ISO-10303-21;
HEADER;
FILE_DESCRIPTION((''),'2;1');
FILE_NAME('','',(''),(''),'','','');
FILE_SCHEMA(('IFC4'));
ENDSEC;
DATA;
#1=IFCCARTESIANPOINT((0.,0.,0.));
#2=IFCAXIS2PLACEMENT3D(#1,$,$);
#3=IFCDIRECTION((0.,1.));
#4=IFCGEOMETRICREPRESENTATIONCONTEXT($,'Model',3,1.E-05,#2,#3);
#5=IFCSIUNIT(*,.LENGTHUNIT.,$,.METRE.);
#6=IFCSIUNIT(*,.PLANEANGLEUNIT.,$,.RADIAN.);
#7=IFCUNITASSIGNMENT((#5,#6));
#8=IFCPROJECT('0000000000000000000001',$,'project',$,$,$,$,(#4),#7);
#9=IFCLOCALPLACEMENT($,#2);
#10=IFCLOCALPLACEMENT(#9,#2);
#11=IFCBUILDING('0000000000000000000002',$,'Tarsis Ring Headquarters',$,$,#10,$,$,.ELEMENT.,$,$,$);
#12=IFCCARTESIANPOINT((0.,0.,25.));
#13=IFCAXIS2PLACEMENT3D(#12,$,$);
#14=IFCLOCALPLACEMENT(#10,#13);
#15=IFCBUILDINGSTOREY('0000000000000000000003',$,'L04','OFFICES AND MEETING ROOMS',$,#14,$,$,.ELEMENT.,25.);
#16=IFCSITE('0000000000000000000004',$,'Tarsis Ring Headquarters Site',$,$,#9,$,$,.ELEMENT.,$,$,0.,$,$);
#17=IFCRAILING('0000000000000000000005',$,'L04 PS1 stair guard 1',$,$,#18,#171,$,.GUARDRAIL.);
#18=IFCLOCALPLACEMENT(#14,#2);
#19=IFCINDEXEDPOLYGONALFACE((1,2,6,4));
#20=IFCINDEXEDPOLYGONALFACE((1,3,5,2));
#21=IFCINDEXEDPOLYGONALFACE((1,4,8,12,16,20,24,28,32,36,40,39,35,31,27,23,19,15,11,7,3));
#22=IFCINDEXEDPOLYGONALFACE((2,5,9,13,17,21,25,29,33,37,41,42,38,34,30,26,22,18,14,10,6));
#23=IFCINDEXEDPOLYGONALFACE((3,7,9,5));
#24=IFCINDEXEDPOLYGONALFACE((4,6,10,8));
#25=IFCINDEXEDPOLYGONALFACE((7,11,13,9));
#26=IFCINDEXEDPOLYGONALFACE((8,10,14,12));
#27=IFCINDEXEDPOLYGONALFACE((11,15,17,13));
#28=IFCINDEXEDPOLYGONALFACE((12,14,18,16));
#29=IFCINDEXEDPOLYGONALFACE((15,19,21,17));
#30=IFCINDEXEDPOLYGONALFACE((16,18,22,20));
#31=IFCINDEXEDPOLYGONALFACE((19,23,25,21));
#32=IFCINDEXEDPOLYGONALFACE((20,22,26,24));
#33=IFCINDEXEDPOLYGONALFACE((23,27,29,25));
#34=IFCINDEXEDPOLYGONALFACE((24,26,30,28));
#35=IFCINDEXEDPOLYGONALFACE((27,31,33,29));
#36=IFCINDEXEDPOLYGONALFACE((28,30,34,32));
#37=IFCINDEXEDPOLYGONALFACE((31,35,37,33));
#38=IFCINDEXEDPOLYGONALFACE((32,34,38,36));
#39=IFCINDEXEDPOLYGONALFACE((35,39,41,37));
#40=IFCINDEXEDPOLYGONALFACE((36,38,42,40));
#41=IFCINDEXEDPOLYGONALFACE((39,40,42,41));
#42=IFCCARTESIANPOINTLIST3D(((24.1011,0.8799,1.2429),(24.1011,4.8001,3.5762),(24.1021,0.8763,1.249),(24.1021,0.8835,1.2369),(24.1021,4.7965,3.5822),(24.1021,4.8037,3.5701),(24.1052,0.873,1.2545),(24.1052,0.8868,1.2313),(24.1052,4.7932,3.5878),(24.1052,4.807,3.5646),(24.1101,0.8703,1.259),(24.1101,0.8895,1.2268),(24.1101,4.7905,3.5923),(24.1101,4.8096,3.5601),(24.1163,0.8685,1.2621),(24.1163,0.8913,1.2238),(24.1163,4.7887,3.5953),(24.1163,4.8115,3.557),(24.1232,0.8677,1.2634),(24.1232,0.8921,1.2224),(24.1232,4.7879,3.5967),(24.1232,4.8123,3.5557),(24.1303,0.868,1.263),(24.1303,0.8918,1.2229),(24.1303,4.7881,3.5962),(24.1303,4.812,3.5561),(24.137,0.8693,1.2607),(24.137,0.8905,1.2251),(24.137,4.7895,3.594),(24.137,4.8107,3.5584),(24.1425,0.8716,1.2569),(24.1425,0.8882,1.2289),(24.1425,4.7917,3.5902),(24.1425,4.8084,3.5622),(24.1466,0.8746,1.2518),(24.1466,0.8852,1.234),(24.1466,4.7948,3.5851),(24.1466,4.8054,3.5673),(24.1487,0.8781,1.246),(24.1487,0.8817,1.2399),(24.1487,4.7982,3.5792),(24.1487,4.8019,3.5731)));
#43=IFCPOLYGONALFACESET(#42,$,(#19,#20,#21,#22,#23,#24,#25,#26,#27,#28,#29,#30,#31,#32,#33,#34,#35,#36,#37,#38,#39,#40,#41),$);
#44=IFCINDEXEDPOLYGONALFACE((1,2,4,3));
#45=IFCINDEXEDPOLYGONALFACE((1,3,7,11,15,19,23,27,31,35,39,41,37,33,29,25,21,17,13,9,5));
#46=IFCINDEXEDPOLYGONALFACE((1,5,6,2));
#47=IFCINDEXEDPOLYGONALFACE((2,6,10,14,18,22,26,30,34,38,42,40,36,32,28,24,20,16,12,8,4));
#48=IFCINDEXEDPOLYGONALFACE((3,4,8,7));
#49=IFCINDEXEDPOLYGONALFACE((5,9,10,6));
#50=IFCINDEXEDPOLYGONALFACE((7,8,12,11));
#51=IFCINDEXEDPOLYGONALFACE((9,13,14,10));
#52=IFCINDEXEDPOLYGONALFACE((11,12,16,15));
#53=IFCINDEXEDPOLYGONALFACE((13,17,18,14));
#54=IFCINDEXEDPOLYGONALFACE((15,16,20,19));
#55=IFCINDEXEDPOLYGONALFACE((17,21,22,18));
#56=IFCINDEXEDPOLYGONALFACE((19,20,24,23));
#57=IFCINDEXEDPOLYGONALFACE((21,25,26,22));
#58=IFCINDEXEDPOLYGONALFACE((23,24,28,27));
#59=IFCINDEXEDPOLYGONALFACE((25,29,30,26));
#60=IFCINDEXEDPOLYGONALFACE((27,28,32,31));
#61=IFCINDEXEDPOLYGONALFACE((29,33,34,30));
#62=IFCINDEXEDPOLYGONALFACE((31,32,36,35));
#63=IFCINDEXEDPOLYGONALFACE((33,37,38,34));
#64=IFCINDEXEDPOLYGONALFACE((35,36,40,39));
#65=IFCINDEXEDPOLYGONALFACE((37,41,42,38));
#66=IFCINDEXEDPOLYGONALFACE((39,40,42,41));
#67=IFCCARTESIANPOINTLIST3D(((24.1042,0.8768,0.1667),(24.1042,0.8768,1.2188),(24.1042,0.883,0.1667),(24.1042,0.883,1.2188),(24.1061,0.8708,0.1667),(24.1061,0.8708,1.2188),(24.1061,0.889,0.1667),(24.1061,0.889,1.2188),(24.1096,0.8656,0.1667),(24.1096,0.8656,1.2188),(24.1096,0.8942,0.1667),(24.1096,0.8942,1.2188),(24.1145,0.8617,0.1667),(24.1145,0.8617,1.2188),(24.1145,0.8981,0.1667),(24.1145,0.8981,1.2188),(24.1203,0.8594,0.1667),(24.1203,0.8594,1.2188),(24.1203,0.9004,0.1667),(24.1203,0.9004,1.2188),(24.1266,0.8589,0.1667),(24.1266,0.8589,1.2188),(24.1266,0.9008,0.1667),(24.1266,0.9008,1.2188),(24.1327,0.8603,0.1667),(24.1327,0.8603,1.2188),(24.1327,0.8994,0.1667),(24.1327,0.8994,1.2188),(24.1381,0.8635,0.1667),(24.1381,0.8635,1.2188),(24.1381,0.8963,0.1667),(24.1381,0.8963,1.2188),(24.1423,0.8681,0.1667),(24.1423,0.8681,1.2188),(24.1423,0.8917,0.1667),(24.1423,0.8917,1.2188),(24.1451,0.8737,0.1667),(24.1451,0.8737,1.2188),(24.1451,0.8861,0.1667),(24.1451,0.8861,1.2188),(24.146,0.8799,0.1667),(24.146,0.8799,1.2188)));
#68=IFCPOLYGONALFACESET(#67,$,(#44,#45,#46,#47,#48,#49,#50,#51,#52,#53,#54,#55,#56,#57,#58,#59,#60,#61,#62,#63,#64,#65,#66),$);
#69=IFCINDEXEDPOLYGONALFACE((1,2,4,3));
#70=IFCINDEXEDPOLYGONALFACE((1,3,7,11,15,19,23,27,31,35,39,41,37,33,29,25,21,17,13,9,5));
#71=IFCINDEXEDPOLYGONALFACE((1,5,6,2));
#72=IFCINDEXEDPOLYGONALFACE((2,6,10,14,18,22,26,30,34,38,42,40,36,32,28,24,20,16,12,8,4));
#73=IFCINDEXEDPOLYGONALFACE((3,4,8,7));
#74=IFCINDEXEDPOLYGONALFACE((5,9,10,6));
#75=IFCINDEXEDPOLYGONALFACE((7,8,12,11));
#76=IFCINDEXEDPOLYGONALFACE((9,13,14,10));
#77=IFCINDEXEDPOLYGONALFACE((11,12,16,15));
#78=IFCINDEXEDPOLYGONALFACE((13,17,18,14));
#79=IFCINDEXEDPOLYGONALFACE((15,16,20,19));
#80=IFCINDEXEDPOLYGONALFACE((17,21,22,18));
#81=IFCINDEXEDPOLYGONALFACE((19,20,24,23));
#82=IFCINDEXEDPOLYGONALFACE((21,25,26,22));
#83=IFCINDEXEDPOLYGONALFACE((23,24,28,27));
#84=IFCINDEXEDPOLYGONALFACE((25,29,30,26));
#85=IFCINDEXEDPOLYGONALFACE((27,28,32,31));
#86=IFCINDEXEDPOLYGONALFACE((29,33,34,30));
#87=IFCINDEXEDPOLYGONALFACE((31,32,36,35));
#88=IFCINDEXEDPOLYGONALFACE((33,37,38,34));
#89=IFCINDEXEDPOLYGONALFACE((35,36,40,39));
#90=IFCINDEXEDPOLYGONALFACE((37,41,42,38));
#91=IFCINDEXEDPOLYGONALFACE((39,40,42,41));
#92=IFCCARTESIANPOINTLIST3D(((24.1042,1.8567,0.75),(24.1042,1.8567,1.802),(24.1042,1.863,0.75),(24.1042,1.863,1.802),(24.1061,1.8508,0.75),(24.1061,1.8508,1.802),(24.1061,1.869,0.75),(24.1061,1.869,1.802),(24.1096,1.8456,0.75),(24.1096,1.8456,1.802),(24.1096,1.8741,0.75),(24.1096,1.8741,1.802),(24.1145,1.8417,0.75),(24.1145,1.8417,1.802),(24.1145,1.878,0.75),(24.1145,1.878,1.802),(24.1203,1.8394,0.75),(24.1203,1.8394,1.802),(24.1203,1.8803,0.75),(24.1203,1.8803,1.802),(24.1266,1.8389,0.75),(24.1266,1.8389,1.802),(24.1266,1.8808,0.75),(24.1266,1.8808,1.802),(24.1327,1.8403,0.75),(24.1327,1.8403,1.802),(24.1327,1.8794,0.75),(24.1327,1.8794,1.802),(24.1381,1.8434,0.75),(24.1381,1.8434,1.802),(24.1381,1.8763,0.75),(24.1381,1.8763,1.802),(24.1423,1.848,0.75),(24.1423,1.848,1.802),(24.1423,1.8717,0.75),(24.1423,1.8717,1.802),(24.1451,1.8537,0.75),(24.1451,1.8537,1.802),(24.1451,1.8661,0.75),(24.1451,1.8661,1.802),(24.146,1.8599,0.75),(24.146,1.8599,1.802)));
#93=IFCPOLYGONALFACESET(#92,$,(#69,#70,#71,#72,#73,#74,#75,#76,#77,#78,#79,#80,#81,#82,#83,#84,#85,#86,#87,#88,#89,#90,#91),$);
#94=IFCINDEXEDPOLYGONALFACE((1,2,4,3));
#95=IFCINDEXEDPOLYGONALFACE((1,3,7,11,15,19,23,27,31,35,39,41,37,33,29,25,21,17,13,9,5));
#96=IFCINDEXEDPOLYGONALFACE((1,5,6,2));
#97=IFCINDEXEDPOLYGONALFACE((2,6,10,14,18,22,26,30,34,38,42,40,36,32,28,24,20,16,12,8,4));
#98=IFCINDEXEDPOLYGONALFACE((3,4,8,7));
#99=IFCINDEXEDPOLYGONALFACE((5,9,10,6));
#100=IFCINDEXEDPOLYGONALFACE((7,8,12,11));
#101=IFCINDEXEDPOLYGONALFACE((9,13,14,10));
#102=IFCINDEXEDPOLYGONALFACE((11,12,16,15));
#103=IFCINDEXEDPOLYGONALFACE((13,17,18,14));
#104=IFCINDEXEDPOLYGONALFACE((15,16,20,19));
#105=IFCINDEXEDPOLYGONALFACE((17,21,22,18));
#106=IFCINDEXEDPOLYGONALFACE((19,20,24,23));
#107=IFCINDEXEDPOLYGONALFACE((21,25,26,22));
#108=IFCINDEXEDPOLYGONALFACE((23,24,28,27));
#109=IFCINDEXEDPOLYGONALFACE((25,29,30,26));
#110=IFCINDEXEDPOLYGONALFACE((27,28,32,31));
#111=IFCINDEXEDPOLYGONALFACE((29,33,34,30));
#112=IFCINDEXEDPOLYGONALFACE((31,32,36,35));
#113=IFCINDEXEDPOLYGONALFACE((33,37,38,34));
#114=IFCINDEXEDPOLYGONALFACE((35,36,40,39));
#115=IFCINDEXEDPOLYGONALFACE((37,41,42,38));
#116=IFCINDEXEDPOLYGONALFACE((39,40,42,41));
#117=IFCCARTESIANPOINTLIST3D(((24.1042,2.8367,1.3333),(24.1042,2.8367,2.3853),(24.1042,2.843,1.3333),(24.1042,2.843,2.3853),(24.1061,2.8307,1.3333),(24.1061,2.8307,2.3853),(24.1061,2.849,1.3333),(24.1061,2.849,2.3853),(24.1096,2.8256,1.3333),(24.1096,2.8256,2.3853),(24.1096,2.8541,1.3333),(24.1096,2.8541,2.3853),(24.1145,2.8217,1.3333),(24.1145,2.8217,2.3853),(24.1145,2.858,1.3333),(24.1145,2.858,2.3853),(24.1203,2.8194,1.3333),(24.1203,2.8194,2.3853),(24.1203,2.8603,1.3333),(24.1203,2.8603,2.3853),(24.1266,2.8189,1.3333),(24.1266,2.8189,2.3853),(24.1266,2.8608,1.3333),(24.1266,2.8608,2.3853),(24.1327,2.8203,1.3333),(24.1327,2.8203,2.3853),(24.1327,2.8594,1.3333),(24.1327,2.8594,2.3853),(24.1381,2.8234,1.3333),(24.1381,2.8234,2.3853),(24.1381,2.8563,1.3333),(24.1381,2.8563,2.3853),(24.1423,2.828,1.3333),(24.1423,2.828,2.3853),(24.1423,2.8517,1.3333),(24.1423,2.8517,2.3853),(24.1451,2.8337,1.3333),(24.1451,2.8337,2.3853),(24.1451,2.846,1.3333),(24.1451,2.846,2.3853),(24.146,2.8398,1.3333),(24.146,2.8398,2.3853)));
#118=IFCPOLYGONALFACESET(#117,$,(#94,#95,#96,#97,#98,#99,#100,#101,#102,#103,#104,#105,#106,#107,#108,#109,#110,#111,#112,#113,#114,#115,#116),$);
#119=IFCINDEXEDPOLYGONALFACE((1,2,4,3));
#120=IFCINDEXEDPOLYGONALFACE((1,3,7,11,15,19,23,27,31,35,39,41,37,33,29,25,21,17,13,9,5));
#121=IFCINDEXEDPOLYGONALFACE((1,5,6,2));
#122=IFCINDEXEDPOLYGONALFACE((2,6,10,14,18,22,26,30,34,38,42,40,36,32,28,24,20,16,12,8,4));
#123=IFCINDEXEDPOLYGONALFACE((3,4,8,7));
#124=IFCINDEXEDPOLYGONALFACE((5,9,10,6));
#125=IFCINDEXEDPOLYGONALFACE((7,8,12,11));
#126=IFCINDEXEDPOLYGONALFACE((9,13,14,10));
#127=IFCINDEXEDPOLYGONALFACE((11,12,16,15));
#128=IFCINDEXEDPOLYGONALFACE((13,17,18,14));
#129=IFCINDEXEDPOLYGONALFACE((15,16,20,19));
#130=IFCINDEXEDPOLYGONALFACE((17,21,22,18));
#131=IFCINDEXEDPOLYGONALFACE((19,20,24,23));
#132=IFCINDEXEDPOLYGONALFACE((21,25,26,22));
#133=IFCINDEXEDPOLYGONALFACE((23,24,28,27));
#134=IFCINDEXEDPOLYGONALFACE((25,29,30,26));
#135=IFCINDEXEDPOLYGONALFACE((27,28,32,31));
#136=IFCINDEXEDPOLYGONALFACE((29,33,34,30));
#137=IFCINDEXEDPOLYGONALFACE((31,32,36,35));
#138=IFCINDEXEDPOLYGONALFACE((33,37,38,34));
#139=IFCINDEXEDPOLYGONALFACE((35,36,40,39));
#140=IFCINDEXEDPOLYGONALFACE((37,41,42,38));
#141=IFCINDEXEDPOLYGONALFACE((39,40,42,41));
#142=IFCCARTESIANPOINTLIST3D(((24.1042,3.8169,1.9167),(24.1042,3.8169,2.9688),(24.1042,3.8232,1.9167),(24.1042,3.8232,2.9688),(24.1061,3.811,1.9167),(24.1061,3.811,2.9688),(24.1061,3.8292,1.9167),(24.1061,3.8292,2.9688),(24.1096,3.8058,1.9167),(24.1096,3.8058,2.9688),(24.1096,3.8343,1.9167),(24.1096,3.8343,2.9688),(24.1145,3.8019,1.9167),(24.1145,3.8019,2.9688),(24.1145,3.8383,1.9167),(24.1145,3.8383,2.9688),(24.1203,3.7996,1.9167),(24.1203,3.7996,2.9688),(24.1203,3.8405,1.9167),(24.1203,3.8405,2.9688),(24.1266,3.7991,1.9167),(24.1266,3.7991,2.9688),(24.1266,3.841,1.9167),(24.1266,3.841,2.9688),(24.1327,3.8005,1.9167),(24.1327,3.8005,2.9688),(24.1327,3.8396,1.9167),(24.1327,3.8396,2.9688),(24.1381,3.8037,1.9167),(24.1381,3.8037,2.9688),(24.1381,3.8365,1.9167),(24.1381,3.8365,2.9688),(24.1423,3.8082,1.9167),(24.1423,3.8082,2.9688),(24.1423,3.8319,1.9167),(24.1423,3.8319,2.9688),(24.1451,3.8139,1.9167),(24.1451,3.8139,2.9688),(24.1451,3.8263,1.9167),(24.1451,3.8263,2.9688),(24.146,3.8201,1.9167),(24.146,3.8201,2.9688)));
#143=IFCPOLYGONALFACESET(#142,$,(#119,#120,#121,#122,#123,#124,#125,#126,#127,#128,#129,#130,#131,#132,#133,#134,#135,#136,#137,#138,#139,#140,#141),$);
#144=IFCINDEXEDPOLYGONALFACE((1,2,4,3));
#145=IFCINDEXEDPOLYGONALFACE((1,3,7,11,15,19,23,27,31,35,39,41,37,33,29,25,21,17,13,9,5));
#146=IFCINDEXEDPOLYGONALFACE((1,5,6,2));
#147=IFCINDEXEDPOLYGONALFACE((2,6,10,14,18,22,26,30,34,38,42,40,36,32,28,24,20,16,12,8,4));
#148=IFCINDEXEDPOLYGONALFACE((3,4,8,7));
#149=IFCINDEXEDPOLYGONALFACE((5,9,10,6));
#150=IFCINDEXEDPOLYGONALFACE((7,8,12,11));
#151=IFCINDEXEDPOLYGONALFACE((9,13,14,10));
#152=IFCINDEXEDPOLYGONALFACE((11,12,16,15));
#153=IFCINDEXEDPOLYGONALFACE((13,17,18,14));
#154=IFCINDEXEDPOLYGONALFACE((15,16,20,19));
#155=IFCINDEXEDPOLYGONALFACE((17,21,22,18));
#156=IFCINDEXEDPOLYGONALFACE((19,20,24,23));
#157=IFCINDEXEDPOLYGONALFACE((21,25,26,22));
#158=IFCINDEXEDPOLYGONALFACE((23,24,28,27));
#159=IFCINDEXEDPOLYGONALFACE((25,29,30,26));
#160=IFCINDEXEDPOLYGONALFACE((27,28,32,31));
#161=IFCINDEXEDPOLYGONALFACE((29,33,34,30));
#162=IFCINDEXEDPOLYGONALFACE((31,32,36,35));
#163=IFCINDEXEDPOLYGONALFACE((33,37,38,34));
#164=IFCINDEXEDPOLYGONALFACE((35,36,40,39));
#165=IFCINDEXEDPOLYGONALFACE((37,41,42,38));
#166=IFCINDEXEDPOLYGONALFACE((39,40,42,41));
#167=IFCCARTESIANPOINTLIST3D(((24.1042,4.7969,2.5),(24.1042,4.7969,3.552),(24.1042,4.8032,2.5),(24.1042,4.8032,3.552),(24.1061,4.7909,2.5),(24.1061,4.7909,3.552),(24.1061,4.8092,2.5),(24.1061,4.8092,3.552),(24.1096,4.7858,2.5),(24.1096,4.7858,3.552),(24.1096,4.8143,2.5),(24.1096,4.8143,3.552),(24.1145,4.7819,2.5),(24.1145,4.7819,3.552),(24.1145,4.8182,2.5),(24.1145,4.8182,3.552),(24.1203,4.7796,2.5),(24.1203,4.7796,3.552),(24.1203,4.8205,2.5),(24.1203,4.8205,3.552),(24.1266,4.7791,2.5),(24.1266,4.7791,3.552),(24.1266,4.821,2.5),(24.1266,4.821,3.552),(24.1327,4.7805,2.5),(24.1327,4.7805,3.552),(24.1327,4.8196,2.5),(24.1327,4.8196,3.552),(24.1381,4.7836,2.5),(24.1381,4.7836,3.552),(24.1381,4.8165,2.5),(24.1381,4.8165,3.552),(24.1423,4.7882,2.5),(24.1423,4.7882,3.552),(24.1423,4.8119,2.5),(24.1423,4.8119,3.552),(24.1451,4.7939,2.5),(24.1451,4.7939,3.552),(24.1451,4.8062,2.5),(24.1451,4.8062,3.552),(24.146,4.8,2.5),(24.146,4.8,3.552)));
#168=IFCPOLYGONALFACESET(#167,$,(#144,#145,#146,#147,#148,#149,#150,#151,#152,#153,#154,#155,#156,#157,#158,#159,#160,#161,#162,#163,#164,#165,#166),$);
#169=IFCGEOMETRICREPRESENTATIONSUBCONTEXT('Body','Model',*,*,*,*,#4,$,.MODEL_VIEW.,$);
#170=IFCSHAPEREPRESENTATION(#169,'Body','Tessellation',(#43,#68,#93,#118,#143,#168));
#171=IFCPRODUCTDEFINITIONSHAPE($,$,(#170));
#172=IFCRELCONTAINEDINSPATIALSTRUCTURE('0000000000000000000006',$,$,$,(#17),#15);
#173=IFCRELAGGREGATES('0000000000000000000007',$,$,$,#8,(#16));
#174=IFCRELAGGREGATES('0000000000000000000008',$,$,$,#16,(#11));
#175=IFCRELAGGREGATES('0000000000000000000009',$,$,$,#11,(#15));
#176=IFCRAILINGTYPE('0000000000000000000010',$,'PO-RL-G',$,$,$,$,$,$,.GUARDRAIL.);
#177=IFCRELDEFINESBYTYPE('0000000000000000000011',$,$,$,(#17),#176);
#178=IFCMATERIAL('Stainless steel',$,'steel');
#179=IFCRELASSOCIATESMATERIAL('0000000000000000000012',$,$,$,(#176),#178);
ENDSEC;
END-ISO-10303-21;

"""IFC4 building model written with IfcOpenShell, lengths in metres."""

from ifc_helpers import new_model, si_unit, direction, frame, origin, origin_2d, place, context, subcontext, project, spatial, circle, extrude, material, type_object, element, save


model = new_model("IFC4")

# Units and contexts
model_context = context("Model", 3, precision=1e-05, world=origin(), true_north=direction((0.0, 1.0)))
body_context = subcontext(model_context, "Body", "Model", "MODEL_VIEW")
ifc_project = project(units=[si_unit("LENGTHUNIT", "METRE"), si_unit("PLANEANGLEUNIT", "RADIAN")], contexts=[model_context])

# Site, building, storey
site_placement = place(None, origin())
site = spatial("IfcSite", under=ifc_project, at=site_placement, Name="Tarsis Ring Headquarters Site", CompositionType="ELEMENT", RefElevation=0.0)
building_placement = place(site_placement, origin())
building = spatial("IfcBuilding", under=site, at=building_placement, Name="Tarsis Ring Headquarters", CompositionType="ELEMENT")
storey_placement = place(building_placement, frame((0.0, 0.0, 25.0)))
storey = spatial("IfcBuildingStorey", under=building, at=storey_placement, Name="L04", Description="OFFICES AND MEETING ROOMS", CompositionType="ELEMENT", Elevation=25.0)

# Railing
ifc_material_1 = material(Name="Stainless steel", Category="steel")
railing_type_1 = type_object("IfcRailingType", Name="PO-RL-G", PredefinedType="GUARDRAIL", material=ifc_material_1)
railing_1_placement = place(storey_placement, frame((24.125, 0.8799, 0.1667)))
element("IfcRailing", 1, at=railing_1_placement, inside=storey, type_object=railing_type_1, Name="L04 PS1 stair guard 1", PredefinedType="GUARDRAIL", context=body_context, shape_type="SweptSolid", body=[
    extrude(circle(Radius=0.0239, at=origin_2d()), frame((0.0, 0.0, 1.0762), z_axis=(0.0, 0.85931, 0.511455), x_axis=(-1.0, 0.0, 0.0)), (0.0, 0.0, 1.0), 4.562),
    extrude(circle(Radius=0.021, at=origin_2d()), origin(), (0.0, 0.0, 1.0), 1.052),
    extrude(circle(Radius=0.021, at=origin_2d()), frame((0.0, 0.98, 0.5833)), (0.0, 0.0, 1.0), 1.052),
    extrude(circle(Radius=0.021, at=origin_2d()), frame((0.0, 1.96, 1.1665)), (0.0, 0.0, 1.0), 1.052),
    extrude(circle(Radius=0.021, at=origin_2d()), frame((0.0, 2.9402, 1.75)), (0.0, 0.0, 1.0), 1.052),
    extrude(circle(Radius=0.021, at=origin_2d()), frame((0.0, 3.9202, 2.3333)), (0.0, 0.0, 1.0), 1.052),
])

save(model, "model.ifc")
